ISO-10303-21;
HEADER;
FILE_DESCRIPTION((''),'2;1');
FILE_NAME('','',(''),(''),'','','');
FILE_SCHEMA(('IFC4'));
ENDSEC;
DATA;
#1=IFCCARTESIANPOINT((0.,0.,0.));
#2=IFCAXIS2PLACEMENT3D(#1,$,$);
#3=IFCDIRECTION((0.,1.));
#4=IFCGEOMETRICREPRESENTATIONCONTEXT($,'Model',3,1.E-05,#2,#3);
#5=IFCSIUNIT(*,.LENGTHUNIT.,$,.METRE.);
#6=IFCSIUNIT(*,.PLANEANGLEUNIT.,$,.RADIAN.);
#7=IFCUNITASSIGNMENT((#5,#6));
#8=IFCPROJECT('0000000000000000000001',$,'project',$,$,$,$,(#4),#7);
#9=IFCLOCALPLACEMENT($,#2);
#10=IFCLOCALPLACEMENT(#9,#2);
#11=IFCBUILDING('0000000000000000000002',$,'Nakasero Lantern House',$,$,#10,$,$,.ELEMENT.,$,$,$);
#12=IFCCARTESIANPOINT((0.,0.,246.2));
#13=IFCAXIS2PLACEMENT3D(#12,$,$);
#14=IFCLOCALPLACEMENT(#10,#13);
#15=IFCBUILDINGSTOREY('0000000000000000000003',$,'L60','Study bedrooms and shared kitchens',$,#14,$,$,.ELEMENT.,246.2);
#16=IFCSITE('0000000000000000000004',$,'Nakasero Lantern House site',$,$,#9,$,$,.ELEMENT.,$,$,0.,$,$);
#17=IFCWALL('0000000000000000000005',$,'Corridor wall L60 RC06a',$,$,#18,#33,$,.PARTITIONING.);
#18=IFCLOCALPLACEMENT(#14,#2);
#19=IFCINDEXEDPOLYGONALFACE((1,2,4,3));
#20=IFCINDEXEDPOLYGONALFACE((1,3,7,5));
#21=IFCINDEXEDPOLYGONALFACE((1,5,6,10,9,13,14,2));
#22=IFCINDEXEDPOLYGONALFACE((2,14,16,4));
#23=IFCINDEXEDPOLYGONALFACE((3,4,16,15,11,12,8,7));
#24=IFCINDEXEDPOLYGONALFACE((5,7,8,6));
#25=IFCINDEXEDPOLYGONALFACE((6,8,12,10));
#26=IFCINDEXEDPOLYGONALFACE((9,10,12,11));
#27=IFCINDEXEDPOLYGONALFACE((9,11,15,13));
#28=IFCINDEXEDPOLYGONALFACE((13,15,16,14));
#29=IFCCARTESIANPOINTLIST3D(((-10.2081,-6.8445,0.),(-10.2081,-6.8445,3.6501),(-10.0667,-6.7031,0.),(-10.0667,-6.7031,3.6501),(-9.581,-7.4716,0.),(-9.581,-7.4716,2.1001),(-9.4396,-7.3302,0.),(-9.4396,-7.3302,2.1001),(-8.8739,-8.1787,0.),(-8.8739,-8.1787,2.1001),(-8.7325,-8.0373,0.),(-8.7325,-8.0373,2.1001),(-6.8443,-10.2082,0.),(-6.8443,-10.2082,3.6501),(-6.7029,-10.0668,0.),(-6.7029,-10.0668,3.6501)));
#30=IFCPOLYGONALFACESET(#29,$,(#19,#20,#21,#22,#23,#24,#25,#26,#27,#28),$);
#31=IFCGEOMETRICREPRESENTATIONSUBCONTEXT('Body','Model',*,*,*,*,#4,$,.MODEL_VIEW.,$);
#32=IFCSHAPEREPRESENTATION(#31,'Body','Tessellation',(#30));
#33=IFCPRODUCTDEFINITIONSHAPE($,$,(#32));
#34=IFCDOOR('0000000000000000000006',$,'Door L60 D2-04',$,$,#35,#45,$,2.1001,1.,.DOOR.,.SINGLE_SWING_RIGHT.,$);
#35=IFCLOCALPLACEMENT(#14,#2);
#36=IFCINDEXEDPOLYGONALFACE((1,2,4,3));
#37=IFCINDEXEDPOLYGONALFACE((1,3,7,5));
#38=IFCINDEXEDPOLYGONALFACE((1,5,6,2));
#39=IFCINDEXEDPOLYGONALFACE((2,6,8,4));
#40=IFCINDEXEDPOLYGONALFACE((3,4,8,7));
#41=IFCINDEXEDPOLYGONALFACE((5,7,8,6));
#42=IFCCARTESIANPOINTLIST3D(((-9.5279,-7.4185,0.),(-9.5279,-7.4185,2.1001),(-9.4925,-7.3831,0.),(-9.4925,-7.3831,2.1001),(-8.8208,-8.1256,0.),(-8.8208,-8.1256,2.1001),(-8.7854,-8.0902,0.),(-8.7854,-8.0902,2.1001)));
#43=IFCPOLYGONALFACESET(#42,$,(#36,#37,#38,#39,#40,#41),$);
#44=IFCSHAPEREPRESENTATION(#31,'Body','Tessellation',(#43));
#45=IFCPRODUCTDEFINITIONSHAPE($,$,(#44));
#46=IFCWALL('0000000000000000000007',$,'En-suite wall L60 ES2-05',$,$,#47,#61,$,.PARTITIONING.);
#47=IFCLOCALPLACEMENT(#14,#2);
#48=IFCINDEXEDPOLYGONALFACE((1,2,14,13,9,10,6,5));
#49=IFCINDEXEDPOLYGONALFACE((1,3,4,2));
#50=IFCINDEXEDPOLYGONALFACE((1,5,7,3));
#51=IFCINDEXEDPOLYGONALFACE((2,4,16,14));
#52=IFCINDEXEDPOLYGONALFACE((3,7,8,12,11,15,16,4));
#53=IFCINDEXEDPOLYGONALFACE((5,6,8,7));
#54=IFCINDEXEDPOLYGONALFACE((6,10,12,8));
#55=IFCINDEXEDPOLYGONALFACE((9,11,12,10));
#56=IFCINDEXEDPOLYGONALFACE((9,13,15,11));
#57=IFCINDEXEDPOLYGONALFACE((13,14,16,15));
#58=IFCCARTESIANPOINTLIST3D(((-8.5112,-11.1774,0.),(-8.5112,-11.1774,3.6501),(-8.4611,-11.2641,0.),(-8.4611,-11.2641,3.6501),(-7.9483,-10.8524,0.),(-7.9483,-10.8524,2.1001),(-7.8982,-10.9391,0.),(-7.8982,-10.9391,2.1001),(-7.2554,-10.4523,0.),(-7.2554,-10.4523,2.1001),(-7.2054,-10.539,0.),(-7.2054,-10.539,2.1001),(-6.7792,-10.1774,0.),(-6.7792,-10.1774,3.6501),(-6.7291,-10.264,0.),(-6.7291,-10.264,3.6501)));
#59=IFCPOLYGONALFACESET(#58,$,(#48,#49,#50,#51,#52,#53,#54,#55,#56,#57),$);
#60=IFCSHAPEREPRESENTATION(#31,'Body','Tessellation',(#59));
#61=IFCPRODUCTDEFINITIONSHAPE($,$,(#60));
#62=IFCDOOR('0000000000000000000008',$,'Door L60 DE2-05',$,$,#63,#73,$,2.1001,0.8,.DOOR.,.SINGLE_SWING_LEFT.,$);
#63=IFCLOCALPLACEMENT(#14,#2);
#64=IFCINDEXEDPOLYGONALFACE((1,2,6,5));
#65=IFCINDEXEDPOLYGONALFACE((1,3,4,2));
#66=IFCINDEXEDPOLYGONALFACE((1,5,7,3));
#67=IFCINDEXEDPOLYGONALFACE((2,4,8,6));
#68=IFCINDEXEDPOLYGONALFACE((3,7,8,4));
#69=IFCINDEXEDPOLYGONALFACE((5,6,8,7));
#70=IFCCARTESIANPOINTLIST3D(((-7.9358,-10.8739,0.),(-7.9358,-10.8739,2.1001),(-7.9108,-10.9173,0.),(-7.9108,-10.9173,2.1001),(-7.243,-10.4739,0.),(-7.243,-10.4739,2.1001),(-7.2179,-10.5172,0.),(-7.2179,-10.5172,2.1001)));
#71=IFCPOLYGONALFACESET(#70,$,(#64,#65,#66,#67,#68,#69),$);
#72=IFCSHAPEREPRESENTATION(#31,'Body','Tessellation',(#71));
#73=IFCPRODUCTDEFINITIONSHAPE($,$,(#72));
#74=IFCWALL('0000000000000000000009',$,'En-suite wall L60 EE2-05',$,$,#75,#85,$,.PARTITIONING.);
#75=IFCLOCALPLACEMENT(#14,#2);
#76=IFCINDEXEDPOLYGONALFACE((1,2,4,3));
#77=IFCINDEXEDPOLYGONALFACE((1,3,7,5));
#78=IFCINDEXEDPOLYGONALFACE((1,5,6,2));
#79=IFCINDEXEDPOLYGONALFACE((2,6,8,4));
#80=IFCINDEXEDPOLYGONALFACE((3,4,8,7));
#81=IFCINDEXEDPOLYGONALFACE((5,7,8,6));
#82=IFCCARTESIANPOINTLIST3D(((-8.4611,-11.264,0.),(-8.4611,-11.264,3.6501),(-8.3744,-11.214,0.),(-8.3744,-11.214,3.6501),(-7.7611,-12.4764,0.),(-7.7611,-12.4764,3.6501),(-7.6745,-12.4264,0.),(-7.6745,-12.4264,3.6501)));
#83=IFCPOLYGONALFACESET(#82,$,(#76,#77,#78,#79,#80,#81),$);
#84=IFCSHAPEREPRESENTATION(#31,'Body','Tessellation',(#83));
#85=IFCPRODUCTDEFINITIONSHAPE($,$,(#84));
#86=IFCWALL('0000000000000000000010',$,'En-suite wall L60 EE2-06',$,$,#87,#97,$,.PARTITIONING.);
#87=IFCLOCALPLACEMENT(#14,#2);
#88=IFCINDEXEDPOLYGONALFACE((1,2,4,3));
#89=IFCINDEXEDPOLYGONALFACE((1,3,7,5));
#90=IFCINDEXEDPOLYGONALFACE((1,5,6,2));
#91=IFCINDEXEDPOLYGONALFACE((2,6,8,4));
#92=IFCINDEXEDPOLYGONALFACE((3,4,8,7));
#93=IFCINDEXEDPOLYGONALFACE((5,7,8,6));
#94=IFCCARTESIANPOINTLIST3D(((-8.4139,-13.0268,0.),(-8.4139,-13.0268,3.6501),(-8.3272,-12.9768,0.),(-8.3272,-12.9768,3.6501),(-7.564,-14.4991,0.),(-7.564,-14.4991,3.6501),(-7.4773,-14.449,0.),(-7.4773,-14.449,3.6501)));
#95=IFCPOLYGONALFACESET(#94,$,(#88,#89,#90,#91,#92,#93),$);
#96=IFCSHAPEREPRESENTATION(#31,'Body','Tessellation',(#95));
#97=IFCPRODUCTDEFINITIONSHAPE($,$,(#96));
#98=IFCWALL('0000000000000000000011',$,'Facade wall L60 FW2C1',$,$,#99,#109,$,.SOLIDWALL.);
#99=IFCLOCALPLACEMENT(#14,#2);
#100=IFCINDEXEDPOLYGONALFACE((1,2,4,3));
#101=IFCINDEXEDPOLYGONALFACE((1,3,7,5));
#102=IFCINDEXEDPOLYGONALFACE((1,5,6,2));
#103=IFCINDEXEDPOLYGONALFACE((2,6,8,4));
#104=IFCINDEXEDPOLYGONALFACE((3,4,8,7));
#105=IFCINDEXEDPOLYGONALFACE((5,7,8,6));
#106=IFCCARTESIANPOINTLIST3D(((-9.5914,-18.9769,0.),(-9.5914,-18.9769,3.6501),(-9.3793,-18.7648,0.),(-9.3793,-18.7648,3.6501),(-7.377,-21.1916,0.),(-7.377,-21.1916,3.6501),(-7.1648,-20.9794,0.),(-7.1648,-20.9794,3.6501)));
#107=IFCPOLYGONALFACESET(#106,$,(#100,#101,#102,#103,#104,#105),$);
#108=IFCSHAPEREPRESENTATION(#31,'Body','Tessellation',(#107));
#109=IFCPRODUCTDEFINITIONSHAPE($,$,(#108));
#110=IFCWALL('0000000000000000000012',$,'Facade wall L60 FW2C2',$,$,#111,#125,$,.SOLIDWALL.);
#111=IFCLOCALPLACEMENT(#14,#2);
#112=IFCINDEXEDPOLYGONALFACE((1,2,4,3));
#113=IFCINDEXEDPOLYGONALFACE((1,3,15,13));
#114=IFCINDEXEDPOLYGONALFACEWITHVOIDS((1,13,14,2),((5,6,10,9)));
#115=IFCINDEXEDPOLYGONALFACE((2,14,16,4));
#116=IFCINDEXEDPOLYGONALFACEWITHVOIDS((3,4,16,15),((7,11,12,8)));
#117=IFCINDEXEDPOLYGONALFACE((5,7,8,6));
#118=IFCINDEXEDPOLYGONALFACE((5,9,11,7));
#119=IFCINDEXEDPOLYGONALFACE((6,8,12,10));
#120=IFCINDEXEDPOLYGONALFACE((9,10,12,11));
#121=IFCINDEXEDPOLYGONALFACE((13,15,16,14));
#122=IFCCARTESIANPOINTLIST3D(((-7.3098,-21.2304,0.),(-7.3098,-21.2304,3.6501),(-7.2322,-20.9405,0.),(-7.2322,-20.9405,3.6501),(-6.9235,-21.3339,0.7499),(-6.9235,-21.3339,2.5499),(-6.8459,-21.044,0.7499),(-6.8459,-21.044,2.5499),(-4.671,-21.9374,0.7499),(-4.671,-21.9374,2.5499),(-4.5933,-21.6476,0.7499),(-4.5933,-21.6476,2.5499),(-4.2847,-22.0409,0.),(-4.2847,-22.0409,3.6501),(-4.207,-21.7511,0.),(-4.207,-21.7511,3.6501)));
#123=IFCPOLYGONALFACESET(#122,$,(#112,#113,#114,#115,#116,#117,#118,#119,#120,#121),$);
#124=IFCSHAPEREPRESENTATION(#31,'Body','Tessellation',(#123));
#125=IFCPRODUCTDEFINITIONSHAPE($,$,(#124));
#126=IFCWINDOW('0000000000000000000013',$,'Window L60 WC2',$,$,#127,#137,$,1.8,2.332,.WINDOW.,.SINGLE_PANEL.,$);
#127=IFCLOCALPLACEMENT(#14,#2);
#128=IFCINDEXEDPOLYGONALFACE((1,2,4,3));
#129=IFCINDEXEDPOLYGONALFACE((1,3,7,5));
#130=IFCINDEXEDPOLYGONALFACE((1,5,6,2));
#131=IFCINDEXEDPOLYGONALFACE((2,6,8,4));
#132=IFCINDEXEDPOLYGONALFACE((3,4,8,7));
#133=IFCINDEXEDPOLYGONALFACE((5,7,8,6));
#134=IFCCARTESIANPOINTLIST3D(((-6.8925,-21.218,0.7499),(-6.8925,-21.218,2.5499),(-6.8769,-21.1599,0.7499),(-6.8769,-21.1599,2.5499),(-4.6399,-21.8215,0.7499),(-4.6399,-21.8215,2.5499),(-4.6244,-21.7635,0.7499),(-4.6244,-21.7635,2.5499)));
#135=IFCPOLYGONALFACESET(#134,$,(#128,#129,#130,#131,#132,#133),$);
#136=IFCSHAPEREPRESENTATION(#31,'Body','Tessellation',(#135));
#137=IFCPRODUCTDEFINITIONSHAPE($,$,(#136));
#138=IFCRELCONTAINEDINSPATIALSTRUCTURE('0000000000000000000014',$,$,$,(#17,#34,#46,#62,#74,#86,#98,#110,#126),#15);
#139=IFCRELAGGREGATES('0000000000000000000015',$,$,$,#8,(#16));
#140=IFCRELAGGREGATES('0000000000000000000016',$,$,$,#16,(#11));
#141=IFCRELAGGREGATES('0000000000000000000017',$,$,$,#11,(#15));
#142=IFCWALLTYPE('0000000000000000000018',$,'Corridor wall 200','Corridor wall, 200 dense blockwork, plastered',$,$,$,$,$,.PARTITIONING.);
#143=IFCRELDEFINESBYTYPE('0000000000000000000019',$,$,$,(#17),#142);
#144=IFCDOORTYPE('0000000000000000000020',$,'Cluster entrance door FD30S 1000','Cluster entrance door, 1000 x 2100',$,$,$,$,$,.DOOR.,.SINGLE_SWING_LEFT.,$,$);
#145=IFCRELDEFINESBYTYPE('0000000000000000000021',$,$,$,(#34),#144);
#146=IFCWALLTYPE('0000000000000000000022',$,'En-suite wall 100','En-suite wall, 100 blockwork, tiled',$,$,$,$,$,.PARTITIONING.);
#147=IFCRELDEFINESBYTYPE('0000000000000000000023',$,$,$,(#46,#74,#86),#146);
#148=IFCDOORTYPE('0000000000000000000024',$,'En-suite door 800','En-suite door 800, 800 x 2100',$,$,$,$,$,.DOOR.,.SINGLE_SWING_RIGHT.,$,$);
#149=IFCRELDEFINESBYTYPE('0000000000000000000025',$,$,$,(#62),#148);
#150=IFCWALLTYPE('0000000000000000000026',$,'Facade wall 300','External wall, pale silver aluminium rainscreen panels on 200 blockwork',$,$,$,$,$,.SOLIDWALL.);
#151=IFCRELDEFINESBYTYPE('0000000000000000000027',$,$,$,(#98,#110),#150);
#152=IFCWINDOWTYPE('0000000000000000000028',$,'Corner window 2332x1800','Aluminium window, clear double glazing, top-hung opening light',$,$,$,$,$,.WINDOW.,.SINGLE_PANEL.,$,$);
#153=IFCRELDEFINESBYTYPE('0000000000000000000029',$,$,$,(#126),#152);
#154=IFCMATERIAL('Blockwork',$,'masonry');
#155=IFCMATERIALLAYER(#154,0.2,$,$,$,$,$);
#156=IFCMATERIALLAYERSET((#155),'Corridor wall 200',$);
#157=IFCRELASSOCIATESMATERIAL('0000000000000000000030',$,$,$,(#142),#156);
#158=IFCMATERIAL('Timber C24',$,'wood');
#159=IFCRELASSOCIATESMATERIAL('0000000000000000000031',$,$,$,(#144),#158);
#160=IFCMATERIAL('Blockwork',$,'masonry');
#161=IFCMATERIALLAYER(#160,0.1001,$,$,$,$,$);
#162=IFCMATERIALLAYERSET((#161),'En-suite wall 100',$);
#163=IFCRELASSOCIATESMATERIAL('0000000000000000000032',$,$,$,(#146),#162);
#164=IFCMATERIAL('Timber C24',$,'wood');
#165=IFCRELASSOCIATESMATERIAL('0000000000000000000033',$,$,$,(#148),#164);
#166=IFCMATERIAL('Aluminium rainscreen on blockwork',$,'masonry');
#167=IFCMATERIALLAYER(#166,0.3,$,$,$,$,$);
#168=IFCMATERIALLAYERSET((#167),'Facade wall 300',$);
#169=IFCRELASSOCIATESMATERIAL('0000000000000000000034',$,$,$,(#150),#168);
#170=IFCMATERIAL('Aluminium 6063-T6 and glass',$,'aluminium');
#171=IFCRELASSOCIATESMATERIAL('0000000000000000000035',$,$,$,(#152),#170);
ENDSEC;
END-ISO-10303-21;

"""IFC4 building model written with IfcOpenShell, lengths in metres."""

from ifc_helpers import new_model, si_unit, direction, frame, frame_2d, origin, place, context, subcontext, project, spatial, rectangle, extrude, material, layer, layer_set, type_object, element, fill, save


model = new_model("IFC4")

# Units and contexts
model_context = context("Model", 3, precision=1e-05, world=origin(), true_north=direction((0.0, 1.0)))
body_context = subcontext(model_context, "Body", "Model", "MODEL_VIEW")
ifc_project = project(units=[si_unit("LENGTHUNIT", "METRE"), si_unit("PLANEANGLEUNIT", "RADIAN")], contexts=[model_context])

# Site, building, storey
site_placement = place(None, origin())
site = spatial("IfcSite", under=ifc_project, at=site_placement, Name="Nakasero Lantern House site", CompositionType="ELEMENT", RefElevation=0.0)
building_placement = place(site_placement, origin())
building = spatial("IfcBuilding", under=site, at=building_placement, Name="Nakasero Lantern House", CompositionType="ELEMENT")
storey_placement = place(building_placement, frame((0.0, 0.0, 246.2)))
storey = spatial("IfcBuildingStorey", under=building, at=storey_placement, Name="L60", Description="Study bedrooms and shared kitchens", CompositionType="ELEMENT", Elevation=246.2)

# Walls, openings, doors
ifc_material_1 = material(Name="Blockwork", Category="masonry")
ifc_layer_1 = layer(ifc_material_1, 0.2)
ifc_layer_set_1 = layer_set([ifc_layer_1], Name="Corridor wall 200")
wall_type_1 = type_object("IfcWallType", Name="Corridor wall 200", Description="Corridor wall, 200 dense blockwork, plastered", PredefinedType="PARTITIONING", material=ifc_layer_set_1)
wall_1_placement = place(storey_placement, frame((-6.7737, -10.1375, 0.0), z_axis=(0.0, 0.0, 1.0), x_axis=(-0.707107, 0.707107, 0.0)))
wall_1 = element("IfcWall", 1, at=wall_1_placement, inside=storey, type_object=wall_type_1, Name="Corridor wall L60 RC06a", PredefinedType="PARTITIONING", context=body_context, shape_type="SweptSolid", body=[
    extrude(rectangle(XDim=4.7571, YDim=0.2, at=frame_2d((2.3784, 0.0))), origin(), (0.0, 0.0, 1.0), 3.6501),
])
opening_1_placement = place(wall_1_placement, frame((2.8701, 0.0, 0.0)))
opening_1 = element("IfcOpeningElement", 2, at=opening_1_placement, cuts=wall_1, PredefinedType="OPENING", context=body_context, shape_type="SweptSolid", body=[
    extrude(rectangle(XDim=1.0, YDim=2.1001, at=frame_2d((0.5, 1.05))), frame((0.0, 0.1199, 0.0), z_axis=(0.0, -1.0, 0.0), x_axis=(1.0, 0.0, 0.0)), (0.0, 0.0, 1.0), 0.24),
])
ifc_material_2 = material(Name="Timber C24", Category="wood")
door_type_1 = type_object("IfcDoorType", Name="Cluster entrance door FD30S 1000", Description="Cluster entrance door, 1000 x 2100", OperationType="SINGLE_SWING_LEFT", PredefinedType="DOOR", material=ifc_material_2)
door_1_placement = place(opening_1_placement, origin())
door_1 = element("IfcDoor", 3, at=door_1_placement, inside=storey, type_object=door_type_1, Name="Door L60 D2-04", OperationType="SINGLE_SWING_RIGHT", OverallHeight=2.1001, OverallWidth=1.0, PredefinedType="DOOR", context=body_context, shape_type="SweptSolid", body=[
    extrude(rectangle(XDim=1.0, YDim=2.1001, at=frame_2d((0.5, 1.05))), frame((0.0, 0.0249, 0.0), z_axis=(0.0, -1.0, 0.0), x_axis=(1.0, 0.0, 0.0)), (0.0, 0.0, 1.0), 0.05),
])
fill(opening_1, door_1)
ifc_material_3 = material(Name="Blockwork", Category="masonry")
ifc_layer_2 = layer(ifc_material_3, 0.1001)
ifc_layer_set_2 = layer_set([ifc_layer_2], Name="En-suite wall 100")
wall_type_2 = type_object("IfcWallType", Name="En-suite wall 100", Description="En-suite wall, 100 blockwork, tiled", PredefinedType="PARTITIONING", material=ifc_layer_set_2)
wall_2_placement = place(storey_placement, frame((-6.7542, -10.2207, 0.0), z_axis=(0.0, 0.0, 1.0), x_axis=(-0.866011, -0.500025, 0.0)))
wall_2 = element("IfcWall", 4, at=wall_2_placement, inside=storey, type_object=wall_type_2, Name="En-suite wall L60 ES2-05", PredefinedType="PARTITIONING", context=body_context, shape_type="SweptSolid", body=[
    extrude(rectangle(XDim=2.0, YDim=0.1001, at=frame_2d((1.0, 0.0))), origin(), (0.0, 0.0, 1.0), 3.6501),
])
opening_2_placement = place(wall_2_placement, frame((0.55, 0.0, 0.0)))
opening_2 = element("IfcOpeningElement", 5, at=opening_2_placement, cuts=wall_2, PredefinedType="OPENING", context=body_context, shape_type="SweptSolid", body=[
    extrude(rectangle(XDim=0.8, YDim=2.1001, at=frame_2d((0.3999, 1.05))), frame((0.0, 0.0701, 0.0), z_axis=(0.0, -1.0, 0.0), x_axis=(1.0, 0.0, 0.0)), (0.0, 0.0, 1.0), 0.1401),
])
ifc_material_4 = material(Name="Timber C24", Category="wood")
door_type_2 = type_object("IfcDoorType", Name="En-suite door 800", Description="En-suite door 800, 800 x 2100", OperationType="SINGLE_SWING_RIGHT", PredefinedType="DOOR", material=ifc_material_4)
door_2_placement = place(opening_2_placement, origin())
door_2 = element("IfcDoor", 6, at=door_2_placement, inside=storey, type_object=door_type_2, Name="Door L60 DE2-05", OperationType="SINGLE_SWING_LEFT", OverallHeight=2.1001, OverallWidth=0.8, PredefinedType="DOOR", context=body_context, shape_type="SweptSolid", body=[
    extrude(rectangle(XDim=0.8, YDim=2.1001, at=frame_2d((0.3999, 1.05))), frame((0.0, 0.0249, 0.0), z_axis=(0.0, -1.0, 0.0), x_axis=(1.0, 0.0, 0.0)), (0.0, 0.0, 1.0), 0.05),
])
fill(opening_2, door_2)

# Walls
wall_3_placement = place(storey_placement, frame((-8.4177, -11.239, 0.0), z_axis=(0.0, 0.0, 1.0), x_axis=(0.499984, -0.866035, 0.0)))
element("IfcWall", 7, at=wall_3_placement, inside=storey, type_object=wall_type_2, Name="En-suite wall L60 EE2-05", PredefinedType="PARTITIONING", context=body_context, shape_type="SweptSolid", body=[
    extrude(rectangle(XDim=1.3999, YDim=0.1001, at=frame_2d((0.7, 0.0))), origin(), (0.0, 0.0, 1.0), 3.6501),
])
wall_4_placement = place(storey_placement, frame((-8.3706, -13.0017, 0.0), z_axis=(0.0, 0.0, 1.0), x_axis=(0.499955, -0.866052, 0.0)))
element("IfcWall", 8, at=wall_4_placement, inside=storey, type_object=wall_type_2, Name="En-suite wall L60 EE2-06", PredefinedType="PARTITIONING", context=body_context, shape_type="SweptSolid", body=[
    extrude(rectangle(XDim=1.7, YDim=0.1001, at=frame_2d((0.8501, 0.0))), origin(), (0.0, 0.0, 1.0), 3.6501),
])
ifc_material_5 = material(Name="Aluminium rainscreen on blockwork", Category="masonry")
ifc_layer_3 = layer(ifc_material_5, 0.3)
ifc_layer_set_3 = layer_set([ifc_layer_3], Name="Facade wall 300")
wall_type_3 = type_object("IfcWallType", Name="Facade wall 300", Description="External wall, pale silver aluminium rainscreen panels on 200 blockwork", PredefinedType="SOLIDWALL", material=ifc_layer_set_3)
wall_5_placement = place(storey_placement, frame((-9.4854, -18.8708, 0.0), z_axis=(0.0, 0.0, 1.0), x_axis=(0.707068, -0.707146, 0.0)))
element("IfcWall", 9, at=wall_5_placement, inside=storey, type_object=wall_type_3, Name="Facade wall L60 FW2C1", PredefinedType="SOLIDWALL", context=body_context, shape_type="SweptSolid", body=[
    extrude(rectangle(XDim=3.1318, YDim=0.3, at=frame_2d((1.5659, 0.0))), origin(), (0.0, 0.0, 1.0), 3.6501),
])

# Wall, opening, window
wall_6_placement = place(storey_placement, frame((-7.271, -21.0854, 0.0), z_axis=(0.0, 0.0, 1.0), x_axis=(0.965929, -0.258808, 0.0)))
wall_6 = element("IfcWall", 10, at=wall_6_placement, inside=storey, type_object=wall_type_3, Name="Facade wall L60 FW2C2", PredefinedType="SOLIDWALL", context=body_context, shape_type="SweptSolid", body=[
    extrude(rectangle(XDim=3.1318, YDim=0.3, at=frame_2d((1.5659, 0.0))), origin(), (0.0, 0.0, 1.0), 3.6501),
])
opening_3_placement = place(wall_6_placement, frame((0.3999, 0.0, 0.75)))
opening_3 = element("IfcOpeningElement", 11, at=opening_3_placement, cuts=wall_6, PredefinedType="OPENING", context=body_context, shape_type="SweptSolid", body=[
    extrude(rectangle(XDim=2.332, YDim=1.8, at=frame_2d((1.166, 0.8999))), frame((0.0, 0.1699, 0.0), z_axis=(0.0, -1.0, 0.0), x_axis=(1.0, 0.0, 0.0)), (0.0, 0.0, 1.0), 0.3401),
])
ifc_material_6 = material(Name="Aluminium 6063-T6 and glass", Category="aluminium")
window_type = type_object("IfcWindowType", Name="Corner window 2332x1800", Description="Aluminium window, clear double glazing, top-hung opening light", PartitioningType="SINGLE_PANEL", PredefinedType="WINDOW", material=ifc_material_6)
window_placement = place(opening_3_placement, origin())
window = element("IfcWindow", 12, at=window_placement, inside=storey, type_object=window_type, Name="Window L60 WC2", OverallHeight=1.8, OverallWidth=2.332, PartitioningType="SINGLE_PANEL", PredefinedType="WINDOW", context=body_context, shape_type="SweptSolid", body=[
    extrude(rectangle(XDim=2.332, YDim=1.8, at=frame_2d((1.166, 0.8999))), frame((0.0, 0.03, 0.0), z_axis=(0.0, -1.0, 0.0), x_axis=(1.0, 0.0, 0.0)), (0.0, 0.0, 1.0), 0.0601),
])
fill(opening_3, window)

save(model, "model.ifc")
